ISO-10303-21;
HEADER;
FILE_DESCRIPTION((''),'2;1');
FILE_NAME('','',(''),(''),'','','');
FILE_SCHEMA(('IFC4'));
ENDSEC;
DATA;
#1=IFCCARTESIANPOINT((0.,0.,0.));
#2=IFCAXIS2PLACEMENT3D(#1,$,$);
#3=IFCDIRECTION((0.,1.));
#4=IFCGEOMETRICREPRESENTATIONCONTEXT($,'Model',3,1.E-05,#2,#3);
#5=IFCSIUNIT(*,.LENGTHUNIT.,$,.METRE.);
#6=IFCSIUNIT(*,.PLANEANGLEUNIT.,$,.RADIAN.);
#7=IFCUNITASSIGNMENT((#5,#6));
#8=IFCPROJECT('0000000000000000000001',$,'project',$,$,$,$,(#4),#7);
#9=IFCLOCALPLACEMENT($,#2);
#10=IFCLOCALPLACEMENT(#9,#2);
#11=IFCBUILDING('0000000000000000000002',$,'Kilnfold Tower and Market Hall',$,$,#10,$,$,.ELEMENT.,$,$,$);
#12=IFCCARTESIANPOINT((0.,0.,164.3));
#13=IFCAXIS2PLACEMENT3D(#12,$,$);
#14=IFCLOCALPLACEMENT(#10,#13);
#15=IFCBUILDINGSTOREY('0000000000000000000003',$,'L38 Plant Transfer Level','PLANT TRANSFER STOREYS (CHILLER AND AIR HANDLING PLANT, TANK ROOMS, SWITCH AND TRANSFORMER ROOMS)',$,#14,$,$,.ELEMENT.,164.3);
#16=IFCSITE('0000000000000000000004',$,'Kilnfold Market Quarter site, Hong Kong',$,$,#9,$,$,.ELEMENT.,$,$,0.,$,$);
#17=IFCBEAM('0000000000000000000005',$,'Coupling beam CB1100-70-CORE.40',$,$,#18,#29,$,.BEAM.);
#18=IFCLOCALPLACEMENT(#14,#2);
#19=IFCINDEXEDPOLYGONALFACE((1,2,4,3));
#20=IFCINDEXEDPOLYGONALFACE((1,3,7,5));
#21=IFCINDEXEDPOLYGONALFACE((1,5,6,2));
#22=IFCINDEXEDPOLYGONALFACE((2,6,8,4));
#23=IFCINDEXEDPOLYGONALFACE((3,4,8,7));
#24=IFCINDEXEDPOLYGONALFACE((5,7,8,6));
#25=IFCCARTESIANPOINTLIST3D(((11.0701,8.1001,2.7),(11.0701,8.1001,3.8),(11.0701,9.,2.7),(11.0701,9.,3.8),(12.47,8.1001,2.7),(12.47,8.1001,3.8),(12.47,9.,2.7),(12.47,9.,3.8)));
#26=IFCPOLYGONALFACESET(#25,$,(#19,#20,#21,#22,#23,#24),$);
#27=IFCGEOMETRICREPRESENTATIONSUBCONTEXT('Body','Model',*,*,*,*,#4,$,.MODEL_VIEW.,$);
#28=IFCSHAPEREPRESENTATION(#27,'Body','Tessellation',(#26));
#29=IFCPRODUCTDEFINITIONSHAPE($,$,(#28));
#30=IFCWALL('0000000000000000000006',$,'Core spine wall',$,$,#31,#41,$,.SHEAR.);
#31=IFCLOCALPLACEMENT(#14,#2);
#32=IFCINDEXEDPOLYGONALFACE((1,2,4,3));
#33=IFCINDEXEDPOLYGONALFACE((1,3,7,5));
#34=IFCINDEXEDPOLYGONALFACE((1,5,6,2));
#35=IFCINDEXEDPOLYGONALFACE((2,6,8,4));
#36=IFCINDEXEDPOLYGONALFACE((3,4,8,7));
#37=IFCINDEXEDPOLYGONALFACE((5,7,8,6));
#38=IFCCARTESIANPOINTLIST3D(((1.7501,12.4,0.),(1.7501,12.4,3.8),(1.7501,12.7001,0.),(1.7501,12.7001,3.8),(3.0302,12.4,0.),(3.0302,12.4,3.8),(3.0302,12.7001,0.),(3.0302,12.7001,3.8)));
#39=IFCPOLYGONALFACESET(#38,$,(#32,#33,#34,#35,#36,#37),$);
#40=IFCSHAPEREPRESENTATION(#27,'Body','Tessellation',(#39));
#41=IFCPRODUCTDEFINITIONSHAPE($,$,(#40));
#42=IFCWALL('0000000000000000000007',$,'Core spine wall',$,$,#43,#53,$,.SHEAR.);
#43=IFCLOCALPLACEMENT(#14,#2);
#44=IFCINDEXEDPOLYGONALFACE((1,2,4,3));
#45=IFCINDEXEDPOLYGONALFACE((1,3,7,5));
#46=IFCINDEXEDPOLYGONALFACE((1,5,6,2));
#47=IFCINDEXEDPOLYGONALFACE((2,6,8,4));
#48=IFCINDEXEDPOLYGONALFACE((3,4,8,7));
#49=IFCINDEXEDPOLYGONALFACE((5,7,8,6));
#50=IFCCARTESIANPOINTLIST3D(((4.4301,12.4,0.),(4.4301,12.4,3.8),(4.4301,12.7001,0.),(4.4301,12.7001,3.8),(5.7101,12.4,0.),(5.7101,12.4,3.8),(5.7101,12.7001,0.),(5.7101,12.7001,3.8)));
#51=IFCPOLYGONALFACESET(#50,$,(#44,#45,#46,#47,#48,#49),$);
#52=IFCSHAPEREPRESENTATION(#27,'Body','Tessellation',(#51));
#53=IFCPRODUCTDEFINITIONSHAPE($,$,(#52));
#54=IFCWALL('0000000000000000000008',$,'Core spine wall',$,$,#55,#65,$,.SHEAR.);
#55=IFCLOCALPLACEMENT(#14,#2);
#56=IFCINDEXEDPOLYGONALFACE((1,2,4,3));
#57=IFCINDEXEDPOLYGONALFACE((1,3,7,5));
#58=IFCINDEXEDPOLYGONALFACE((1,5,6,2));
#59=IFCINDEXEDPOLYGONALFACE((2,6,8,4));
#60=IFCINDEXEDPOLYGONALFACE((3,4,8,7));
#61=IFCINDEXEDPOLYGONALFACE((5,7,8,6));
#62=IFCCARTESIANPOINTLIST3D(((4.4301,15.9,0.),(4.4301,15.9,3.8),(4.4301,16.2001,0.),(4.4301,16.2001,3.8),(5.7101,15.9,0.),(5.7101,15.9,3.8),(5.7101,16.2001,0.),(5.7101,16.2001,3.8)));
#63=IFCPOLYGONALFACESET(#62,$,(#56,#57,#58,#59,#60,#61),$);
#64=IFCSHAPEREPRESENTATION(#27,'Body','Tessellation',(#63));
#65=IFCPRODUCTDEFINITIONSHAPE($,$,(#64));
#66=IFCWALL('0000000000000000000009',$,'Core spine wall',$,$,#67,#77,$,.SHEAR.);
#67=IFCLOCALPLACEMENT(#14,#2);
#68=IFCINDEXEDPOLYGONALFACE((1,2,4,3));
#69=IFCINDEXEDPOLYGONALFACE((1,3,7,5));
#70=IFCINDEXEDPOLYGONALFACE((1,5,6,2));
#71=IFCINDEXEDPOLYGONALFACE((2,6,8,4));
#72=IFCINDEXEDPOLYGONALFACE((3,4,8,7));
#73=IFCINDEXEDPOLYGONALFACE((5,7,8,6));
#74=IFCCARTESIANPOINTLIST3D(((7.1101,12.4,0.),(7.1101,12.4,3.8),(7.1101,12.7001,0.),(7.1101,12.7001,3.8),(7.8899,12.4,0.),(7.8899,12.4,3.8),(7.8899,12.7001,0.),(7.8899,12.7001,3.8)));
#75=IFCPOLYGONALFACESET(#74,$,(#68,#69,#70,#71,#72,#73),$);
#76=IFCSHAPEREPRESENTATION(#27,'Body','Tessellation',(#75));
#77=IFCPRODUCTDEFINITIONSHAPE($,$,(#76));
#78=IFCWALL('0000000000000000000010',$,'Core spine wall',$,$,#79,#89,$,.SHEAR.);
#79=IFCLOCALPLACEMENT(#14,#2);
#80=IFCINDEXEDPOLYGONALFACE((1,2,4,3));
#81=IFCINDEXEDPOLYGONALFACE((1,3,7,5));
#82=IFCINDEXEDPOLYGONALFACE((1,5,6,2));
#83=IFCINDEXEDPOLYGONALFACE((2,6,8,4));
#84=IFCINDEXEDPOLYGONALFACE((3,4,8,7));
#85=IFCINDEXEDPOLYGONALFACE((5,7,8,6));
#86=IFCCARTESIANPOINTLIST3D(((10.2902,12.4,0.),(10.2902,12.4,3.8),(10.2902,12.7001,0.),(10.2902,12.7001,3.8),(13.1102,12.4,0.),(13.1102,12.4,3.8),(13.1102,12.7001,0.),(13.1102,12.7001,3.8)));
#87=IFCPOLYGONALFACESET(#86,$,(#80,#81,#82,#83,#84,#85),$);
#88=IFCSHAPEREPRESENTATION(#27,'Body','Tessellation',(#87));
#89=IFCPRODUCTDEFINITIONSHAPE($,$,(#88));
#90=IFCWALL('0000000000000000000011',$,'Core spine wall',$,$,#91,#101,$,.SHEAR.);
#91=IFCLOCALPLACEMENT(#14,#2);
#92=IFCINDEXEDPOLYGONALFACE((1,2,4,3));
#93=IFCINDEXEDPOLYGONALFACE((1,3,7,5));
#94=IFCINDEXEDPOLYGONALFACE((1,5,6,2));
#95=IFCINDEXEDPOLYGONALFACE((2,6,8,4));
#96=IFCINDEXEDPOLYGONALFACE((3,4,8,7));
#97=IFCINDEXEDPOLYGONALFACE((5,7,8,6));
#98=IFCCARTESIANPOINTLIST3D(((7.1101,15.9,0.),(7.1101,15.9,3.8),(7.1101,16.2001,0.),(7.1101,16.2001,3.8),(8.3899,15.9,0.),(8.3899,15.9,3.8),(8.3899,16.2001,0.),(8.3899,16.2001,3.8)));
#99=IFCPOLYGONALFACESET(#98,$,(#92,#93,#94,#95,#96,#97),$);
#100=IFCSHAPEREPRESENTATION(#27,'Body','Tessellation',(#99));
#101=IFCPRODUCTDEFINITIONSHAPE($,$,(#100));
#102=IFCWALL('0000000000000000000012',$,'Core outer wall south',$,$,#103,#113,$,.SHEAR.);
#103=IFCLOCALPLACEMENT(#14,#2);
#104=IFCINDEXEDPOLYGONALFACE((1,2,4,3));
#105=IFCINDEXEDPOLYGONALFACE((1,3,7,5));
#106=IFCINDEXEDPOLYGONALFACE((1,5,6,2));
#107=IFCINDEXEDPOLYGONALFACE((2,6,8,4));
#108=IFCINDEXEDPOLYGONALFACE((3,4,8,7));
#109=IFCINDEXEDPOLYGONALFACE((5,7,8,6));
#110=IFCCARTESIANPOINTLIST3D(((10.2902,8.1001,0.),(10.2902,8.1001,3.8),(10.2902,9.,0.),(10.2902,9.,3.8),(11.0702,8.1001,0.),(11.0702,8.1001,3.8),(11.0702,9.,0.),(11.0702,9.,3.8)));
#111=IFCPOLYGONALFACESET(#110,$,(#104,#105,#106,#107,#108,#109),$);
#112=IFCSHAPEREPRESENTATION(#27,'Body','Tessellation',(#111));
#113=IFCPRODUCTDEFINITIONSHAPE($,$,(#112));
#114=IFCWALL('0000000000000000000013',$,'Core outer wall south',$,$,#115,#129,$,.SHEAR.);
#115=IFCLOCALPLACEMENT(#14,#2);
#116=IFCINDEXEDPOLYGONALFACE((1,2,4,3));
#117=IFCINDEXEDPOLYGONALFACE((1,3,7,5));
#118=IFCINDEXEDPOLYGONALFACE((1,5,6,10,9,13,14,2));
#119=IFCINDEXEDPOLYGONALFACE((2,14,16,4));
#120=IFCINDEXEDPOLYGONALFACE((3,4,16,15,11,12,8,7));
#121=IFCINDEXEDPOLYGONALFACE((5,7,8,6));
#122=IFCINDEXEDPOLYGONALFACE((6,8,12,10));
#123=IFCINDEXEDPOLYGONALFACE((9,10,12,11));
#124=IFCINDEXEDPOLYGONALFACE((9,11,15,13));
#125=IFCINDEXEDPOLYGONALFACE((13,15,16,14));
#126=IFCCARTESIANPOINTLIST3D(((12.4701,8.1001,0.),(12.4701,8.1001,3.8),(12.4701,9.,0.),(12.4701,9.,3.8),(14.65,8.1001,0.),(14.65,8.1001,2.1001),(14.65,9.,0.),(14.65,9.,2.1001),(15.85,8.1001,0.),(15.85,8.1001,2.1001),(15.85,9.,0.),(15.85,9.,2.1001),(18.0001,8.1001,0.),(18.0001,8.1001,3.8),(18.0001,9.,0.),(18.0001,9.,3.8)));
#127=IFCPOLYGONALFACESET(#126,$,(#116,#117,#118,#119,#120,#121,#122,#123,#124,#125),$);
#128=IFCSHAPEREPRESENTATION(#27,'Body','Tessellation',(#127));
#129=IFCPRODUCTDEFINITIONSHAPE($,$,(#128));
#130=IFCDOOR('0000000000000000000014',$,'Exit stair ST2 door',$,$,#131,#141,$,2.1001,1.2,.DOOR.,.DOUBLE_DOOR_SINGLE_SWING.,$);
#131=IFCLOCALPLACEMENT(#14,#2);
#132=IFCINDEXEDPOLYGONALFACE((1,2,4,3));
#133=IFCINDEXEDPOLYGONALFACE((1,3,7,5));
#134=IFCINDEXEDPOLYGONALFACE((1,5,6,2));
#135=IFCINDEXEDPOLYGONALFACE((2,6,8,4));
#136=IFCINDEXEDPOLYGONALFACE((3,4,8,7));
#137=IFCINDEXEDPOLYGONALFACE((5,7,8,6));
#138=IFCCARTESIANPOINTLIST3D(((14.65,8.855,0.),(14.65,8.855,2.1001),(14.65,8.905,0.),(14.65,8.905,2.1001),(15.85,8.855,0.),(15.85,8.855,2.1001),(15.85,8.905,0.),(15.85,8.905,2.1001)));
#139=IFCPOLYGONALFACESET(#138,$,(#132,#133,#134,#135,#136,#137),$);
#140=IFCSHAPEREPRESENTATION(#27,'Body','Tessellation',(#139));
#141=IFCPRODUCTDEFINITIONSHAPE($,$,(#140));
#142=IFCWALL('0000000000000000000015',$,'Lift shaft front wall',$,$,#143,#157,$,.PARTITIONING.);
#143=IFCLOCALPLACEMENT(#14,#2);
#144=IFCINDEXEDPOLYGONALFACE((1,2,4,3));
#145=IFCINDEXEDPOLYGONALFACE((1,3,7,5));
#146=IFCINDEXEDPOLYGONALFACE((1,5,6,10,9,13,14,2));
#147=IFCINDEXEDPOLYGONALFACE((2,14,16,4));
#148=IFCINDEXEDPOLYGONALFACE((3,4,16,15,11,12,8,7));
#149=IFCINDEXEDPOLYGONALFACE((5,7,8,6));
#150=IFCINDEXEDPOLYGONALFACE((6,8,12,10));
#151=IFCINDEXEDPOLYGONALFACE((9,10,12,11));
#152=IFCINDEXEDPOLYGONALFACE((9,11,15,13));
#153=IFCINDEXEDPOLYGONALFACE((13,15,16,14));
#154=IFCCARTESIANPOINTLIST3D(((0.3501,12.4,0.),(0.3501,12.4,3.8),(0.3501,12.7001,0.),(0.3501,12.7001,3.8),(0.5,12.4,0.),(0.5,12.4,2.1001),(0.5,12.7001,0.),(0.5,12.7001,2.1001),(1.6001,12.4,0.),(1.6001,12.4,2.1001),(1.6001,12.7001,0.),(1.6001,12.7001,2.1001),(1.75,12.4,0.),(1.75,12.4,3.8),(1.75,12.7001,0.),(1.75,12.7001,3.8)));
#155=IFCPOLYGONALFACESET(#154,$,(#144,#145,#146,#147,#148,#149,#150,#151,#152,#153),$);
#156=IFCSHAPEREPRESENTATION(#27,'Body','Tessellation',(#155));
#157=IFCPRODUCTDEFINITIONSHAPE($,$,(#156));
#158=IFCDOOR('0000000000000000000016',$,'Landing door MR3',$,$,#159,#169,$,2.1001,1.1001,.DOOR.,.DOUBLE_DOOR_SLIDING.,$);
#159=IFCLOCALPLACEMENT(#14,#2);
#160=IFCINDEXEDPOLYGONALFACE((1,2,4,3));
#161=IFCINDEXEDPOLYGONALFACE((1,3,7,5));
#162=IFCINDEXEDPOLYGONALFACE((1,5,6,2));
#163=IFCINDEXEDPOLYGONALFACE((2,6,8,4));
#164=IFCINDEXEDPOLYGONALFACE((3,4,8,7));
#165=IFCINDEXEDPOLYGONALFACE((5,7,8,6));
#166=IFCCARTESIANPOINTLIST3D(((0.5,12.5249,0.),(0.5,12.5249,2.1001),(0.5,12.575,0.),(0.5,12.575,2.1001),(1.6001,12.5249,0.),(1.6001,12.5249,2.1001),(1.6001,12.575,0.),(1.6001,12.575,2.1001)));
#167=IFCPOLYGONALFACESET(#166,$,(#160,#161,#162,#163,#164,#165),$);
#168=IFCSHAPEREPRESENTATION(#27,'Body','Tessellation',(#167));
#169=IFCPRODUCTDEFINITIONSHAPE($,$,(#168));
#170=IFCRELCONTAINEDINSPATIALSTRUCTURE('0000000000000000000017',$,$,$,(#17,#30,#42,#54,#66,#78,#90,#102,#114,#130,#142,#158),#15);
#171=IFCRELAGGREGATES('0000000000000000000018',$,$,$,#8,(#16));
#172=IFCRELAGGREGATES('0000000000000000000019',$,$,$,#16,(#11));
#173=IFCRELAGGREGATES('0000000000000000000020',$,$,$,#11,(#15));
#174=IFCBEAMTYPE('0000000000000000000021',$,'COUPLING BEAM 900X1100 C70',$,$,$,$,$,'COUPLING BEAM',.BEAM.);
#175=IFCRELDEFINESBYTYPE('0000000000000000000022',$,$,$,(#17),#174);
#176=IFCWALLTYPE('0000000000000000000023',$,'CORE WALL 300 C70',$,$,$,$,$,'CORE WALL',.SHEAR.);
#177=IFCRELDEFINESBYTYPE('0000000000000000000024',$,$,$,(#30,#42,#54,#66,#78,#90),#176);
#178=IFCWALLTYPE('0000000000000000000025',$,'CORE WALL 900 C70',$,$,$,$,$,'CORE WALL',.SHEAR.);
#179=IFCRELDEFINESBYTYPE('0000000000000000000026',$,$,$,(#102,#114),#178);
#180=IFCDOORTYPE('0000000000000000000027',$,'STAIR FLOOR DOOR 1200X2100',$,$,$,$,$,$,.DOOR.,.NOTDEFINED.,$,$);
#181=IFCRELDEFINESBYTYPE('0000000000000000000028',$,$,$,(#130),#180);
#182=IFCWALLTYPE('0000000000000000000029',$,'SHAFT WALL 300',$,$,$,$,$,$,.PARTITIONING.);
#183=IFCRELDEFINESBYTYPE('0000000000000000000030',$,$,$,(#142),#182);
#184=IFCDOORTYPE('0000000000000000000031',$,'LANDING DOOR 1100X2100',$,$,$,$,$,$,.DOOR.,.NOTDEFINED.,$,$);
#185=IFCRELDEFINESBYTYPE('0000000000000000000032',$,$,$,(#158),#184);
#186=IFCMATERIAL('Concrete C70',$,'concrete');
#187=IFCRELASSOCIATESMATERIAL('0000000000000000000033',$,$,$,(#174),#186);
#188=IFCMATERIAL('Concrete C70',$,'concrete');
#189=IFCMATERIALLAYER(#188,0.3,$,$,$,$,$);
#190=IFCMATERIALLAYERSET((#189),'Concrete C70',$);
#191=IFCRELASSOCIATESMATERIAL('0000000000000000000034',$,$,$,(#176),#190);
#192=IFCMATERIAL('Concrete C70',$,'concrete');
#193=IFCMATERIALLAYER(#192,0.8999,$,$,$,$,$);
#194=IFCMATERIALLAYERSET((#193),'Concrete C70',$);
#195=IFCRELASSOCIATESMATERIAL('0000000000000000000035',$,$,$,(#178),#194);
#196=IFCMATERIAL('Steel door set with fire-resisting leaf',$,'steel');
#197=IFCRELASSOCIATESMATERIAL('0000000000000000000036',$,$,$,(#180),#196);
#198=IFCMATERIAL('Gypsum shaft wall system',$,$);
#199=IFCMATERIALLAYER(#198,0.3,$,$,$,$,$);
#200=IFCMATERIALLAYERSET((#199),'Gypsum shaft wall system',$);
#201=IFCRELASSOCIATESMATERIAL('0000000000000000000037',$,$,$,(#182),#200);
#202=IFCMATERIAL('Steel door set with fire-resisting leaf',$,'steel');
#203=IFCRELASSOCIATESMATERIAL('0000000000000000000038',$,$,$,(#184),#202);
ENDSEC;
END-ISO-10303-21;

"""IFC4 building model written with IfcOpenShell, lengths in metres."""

from ifc_helpers import new_model, si_unit, direction, frame, frame_2d, origin, origin_2d, place, context, subcontext, project, spatial, rectangle, extrude, source, transform, mapped, material, layer, layer_set, material_profile, profile_set, type_object, element, fill, save


model = new_model("IFC4")

# Units and contexts
model_context = context("Model", 3, precision=1e-05, world=origin(), true_north=direction((0.0, 1.0)))
body_context = subcontext(model_context, "Body", "Model", "MODEL_VIEW")
ifc_project = project(units=[si_unit("LENGTHUNIT", "METRE"), si_unit("PLANEANGLEUNIT", "RADIAN")], contexts=[model_context])

# Site, building, storey
site_placement = place(None, origin())
site = spatial("IfcSite", under=ifc_project, at=site_placement, Name="Kilnfold Market Quarter site, Hong Kong", CompositionType="ELEMENT", RefElevation=0.0)
building_placement = place(site_placement, origin())
building = spatial("IfcBuilding", under=site, at=building_placement, Name="Kilnfold Tower and Market Hall", CompositionType="ELEMENT")
storey_placement = place(building_placement, frame((0.0, 0.0, 164.3)))
storey = spatial("IfcBuildingStorey", under=building, at=storey_placement, Name="L38 Plant Transfer Level", Description="PLANT TRANSFER STOREYS (CHILLER AND AIR HANDLING PLANT, TANK ROOMS, SWITCH AND TRANSFORMER ROOMS)", CompositionType="ELEMENT", Elevation=164.3)

# Beam
ifc_material_1 = material(Name="Concrete C70", Category="concrete")
ifc_material_profile = material_profile(ifc_material_1, rectangle(XDim=0.8999, YDim=1.1001, at=origin_2d()), Name="RC 900x1100")
ifc_profile_set = profile_set([ifc_material_profile], Name="Concrete C70")
beam_type = type_object("IfcBeamType", Name="COUPLING BEAM 900X1100 C70", ElementType="COUPLING BEAM", PredefinedType="BEAM", material=ifc_profile_set)
shared_shape_1 = source(origin(), body_context, "Body", "SweptSolid", [
    extrude(rectangle(XDim=0.8999, YDim=1.1001, at=origin_2d()), origin(), (0.0, 0.0, 1.0), 1.3999),
])
beam_placement = place(storey_placement, frame((11.0701, 8.55, 3.25), z_axis=(1.0, 0.0, 0.0), x_axis=(0.0, 1.0, 0.0)))
element("IfcBeam", 1, at=beam_placement, inside=storey, type_object=beam_type, Name="Coupling beam CB1100-70-CORE.40", PredefinedType="BEAM", context=body_context, shape_type="MappedRepresentation", body=[
    mapped(shared_shape_1, transform((0.0, 0.0, 0.0))),
])

# Walls
ifc_material_2 = material(Name="Concrete C70", Category="concrete")
ifc_layer_1 = layer(ifc_material_2, 0.3)
ifc_layer_set_1 = layer_set([ifc_layer_1], Name="Concrete C70")
wall_type_1 = type_object("IfcWallType", Name="CORE WALL 300 C70", ElementType="CORE WALL", PredefinedType="SHEAR", material=ifc_layer_set_1)
shared_shape_2 = source(origin(), body_context, "Body", "SweptSolid", [
    extrude(rectangle(XDim=1.28, YDim=0.3, at=frame_2d((0.6401, 0.0))), origin(), (0.0, 0.0, 1.0), 3.8),
])
for number, where, z_axis, x_axis, name in (
    (2, (1.75, 12.55, 0.0), (0.0, 0.0, 1.0), (1.0, 0.0, 0.0), "Core spine wall"),
    (3, (4.4299, 12.55, 0.0), (0.0, 0.0, 1.0), (1.0, 0.0, 0.0), "Core spine wall"),
    (4, (4.4299, 16.05, 0.0), (0.0, 0.0, 1.0), (1.0, 0.0, 0.0), "Core spine wall"),
):
    element("IfcWall", number, at=place(storey_placement, frame(where, z_axis=z_axis, x_axis=x_axis)), inside=storey, type_object=wall_type_1, Name=name, PredefinedType="SHEAR", context=body_context, shape_type="MappedRepresentation", body=[
        mapped(shared_shape_2, transform((0.0, 0.0, 0.0))),
    ])
shared_shape_3 = source(origin(), body_context, "Body", "SweptSolid", [
    extrude(rectangle(XDim=0.7798, YDim=0.3, at=frame_2d((0.3899, 0.0))), origin(), (0.0, 0.0, 1.0), 3.8),
])
wall_1_placement = place(storey_placement, frame((7.1101, 12.55, 0.0), z_axis=(0.0, 0.0, 1.0), x_axis=(1.0, 0.0, 0.0)))
element("IfcWall", 5, at=wall_1_placement, inside=storey, type_object=wall_type_1, Name="Core spine wall", PredefinedType="SHEAR", context=body_context, shape_type="MappedRepresentation", body=[
    mapped(shared_shape_3, transform((0.0, 0.0, 0.0))),
])
shared_shape_4 = source(origin(), body_context, "Body", "SweptSolid", [
    extrude(rectangle(XDim=2.8201, YDim=0.3, at=frame_2d((1.4102, 0.0))), origin(), (0.0, 0.0, 1.0), 3.8),
])
wall_2_placement = place(storey_placement, frame((10.29, 12.55, 0.0), z_axis=(0.0, 0.0, 1.0), x_axis=(1.0, 0.0, 0.0)))
element("IfcWall", 6, at=wall_2_placement, inside=storey, type_object=wall_type_1, Name="Core spine wall", PredefinedType="SHEAR", context=body_context, shape_type="MappedRepresentation", body=[
    mapped(shared_shape_4, transform((0.0, 0.0, 0.0))),
])
shared_shape_5 = source(origin(), body_context, "Body", "SweptSolid", [
    extrude(rectangle(XDim=1.2798, YDim=0.3, at=frame_2d((0.6399, 0.0))), origin(), (0.0, 0.0, 1.0), 3.8),
])
wall_3_placement = place(storey_placement, frame((7.1101, 16.05, 0.0), z_axis=(0.0, 0.0, 1.0), x_axis=(1.0, 0.0, 0.0)))
element("IfcWall", 7, at=wall_3_placement, inside=storey, type_object=wall_type_1, Name="Core spine wall", PredefinedType="SHEAR", context=body_context, shape_type="MappedRepresentation", body=[
    mapped(shared_shape_5, transform((0.0, 0.0, 0.0))),
])
ifc_material_3 = material(Name="Concrete C70", Category="concrete")
ifc_layer_2 = layer(ifc_material_3, 0.8999)
ifc_layer_set_2 = layer_set([ifc_layer_2], Name="Concrete C70")
wall_type_2 = type_object("IfcWallType", Name="CORE WALL 900 C70", ElementType="CORE WALL", PredefinedType="SHEAR", material=ifc_layer_set_2)
shared_shape_6 = source(origin(), body_context, "Body", "SweptSolid", [
    extrude(rectangle(XDim=0.78, YDim=0.8999, at=frame_2d((0.3901, 0.0))), origin(), (0.0, 0.0, 1.0), 3.8),
])
wall_4_placement = place(storey_placement, frame((10.29, 8.55, 0.0), z_axis=(0.0, 0.0, 1.0), x_axis=(1.0, 0.0, 0.0)))
element("IfcWall", 8, at=wall_4_placement, inside=storey, type_object=wall_type_2, Name="Core outer wall south", PredefinedType="SHEAR", context=body_context, shape_type="MappedRepresentation", body=[
    mapped(shared_shape_6, transform((0.0, 0.0, 0.0))),
])

# Walls, openings, doors
shared_shape_7 = source(origin(), body_context, "Body", "SweptSolid", [
    extrude(rectangle(XDim=5.53, YDim=0.8999, at=frame_2d((2.7651, 0.0))), origin(), (0.0, 0.0, 1.0), 3.8),
])
wall_5_placement = place(storey_placement, frame((12.47, 8.55, 0.0), z_axis=(0.0, 0.0, 1.0), x_axis=(1.0, 0.0, 0.0)))
wall_5 = element("IfcWall", 9, at=wall_5_placement, inside=storey, type_object=wall_type_2, Name="Core outer wall south", PredefinedType="SHEAR", context=body_context, shape_type="MappedRepresentation", body=[
    mapped(shared_shape_7, transform((0.0, 0.0, 0.0))),
])
opening_1_placement = place(wall_5_placement, frame((2.1799, 0.0, 0.0)))
opening_1 = element("IfcOpeningElement", 10, at=opening_1_placement, cuts=wall_5, PredefinedType="OPENING", context=body_context, shape_type="SweptSolid", body=[
    extrude(rectangle(XDim=1.2, YDim=2.1001, at=frame_2d((0.6001, 1.05))), frame((0.0, 0.46, 0.0), z_axis=(0.0, -1.0, 0.0), x_axis=(1.0, 0.0, 0.0)), (0.0, 0.0, 1.0), 0.9199),
])
ifc_material_4 = material(Name="Steel door set with fire-resisting leaf", Category="steel")
door_type_1 = type_object("IfcDoorType", Name="STAIR FLOOR DOOR 1200X2100", OperationType="NOTDEFINED", PredefinedType="DOOR", material=ifc_material_4)
door_1_placement = place(opening_1_placement, origin())
door_1 = element("IfcDoor", 11, at=door_1_placement, inside=storey, type_object=door_type_1, Name="Exit stair ST2 door", OperationType="DOUBLE_DOOR_SINGLE_SWING", OverallHeight=2.1001, OverallWidth=1.2, PredefinedType="DOOR", context=body_context, shape_type="SweptSolid", body=[
    extrude(rectangle(XDim=1.2, YDim=2.1001, at=frame_2d((0.6001, 1.05))), frame((0.0, 0.355, 0.0), z_axis=(0.0, -1.0, 0.0), x_axis=(1.0, 0.0, 0.0)), (0.0, 0.0, 1.0), 0.05),
])
fill(opening_1, door_1)
ifc_material_5 = material(Name="Gypsum shaft wall system")
ifc_layer_3 = layer(ifc_material_5, 0.3)
ifc_layer_set_3 = layer_set([ifc_layer_3], Name="Gypsum shaft wall system")
wall_type_3 = type_object("IfcWallType", Name="SHAFT WALL 300", PredefinedType="PARTITIONING", material=ifc_layer_set_3)
shared_shape_8 = source(origin(), body_context, "Body", "SweptSolid", [
    extrude(rectangle(XDim=1.3999, YDim=0.3, at=frame_2d((0.7, 0.0))), origin(), (0.0, 0.0, 1.0), 3.8),
])
wall_6_placement = place(storey_placement, frame((0.3501, 12.55, 0.0), z_axis=(0.0, 0.0, 1.0), x_axis=(1.0, 0.0, 0.0)))
wall_6 = element("IfcWall", 12, at=wall_6_placement, inside=storey, type_object=wall_type_3, Name="Lift shaft front wall", PredefinedType="PARTITIONING", context=body_context, shape_type="MappedRepresentation", body=[
    mapped(shared_shape_8, transform((0.0, 0.0, 0.0))),
])
opening_2_placement = place(wall_6_placement, frame((0.1499, 0.0, 0.0)))
opening_2 = element("IfcOpeningElement", 13, at=opening_2_placement, cuts=wall_6, PredefinedType="OPENING", context=body_context, shape_type="SweptSolid", body=[
    extrude(rectangle(XDim=1.1001, YDim=2.1001, at=frame_2d((0.55, 1.05))), frame((0.0, 0.1602, 0.0), z_axis=(0.0, -1.0, 0.0), x_axis=(1.0, 0.0, 0.0)), (0.0, 0.0, 1.0), 0.3201),
])
ifc_material_6 = material(Name="Steel door set with fire-resisting leaf", Category="steel")
door_type_2 = type_object("IfcDoorType", Name="LANDING DOOR 1100X2100", OperationType="NOTDEFINED", PredefinedType="DOOR", material=ifc_material_6)
door_2_placement = place(opening_2_placement, origin())
door_2 = element("IfcDoor", 14, at=door_2_placement, inside=storey, type_object=door_type_2, Name="Landing door MR3", OperationType="DOUBLE_DOOR_SLIDING", OverallHeight=2.1001, OverallWidth=1.1001, PredefinedType="DOOR", context=body_context, shape_type="SweptSolid", body=[
    extrude(rectangle(XDim=1.1001, YDim=2.1001, at=frame_2d((0.55, 1.05))), frame((0.0, 0.0249, 0.0), z_axis=(0.0, -1.0, 0.0), x_axis=(1.0, 0.0, 0.0)), (0.0, 0.0, 1.0), 0.05),
])
fill(opening_2, door_2)

save(model, "model.ifc")
